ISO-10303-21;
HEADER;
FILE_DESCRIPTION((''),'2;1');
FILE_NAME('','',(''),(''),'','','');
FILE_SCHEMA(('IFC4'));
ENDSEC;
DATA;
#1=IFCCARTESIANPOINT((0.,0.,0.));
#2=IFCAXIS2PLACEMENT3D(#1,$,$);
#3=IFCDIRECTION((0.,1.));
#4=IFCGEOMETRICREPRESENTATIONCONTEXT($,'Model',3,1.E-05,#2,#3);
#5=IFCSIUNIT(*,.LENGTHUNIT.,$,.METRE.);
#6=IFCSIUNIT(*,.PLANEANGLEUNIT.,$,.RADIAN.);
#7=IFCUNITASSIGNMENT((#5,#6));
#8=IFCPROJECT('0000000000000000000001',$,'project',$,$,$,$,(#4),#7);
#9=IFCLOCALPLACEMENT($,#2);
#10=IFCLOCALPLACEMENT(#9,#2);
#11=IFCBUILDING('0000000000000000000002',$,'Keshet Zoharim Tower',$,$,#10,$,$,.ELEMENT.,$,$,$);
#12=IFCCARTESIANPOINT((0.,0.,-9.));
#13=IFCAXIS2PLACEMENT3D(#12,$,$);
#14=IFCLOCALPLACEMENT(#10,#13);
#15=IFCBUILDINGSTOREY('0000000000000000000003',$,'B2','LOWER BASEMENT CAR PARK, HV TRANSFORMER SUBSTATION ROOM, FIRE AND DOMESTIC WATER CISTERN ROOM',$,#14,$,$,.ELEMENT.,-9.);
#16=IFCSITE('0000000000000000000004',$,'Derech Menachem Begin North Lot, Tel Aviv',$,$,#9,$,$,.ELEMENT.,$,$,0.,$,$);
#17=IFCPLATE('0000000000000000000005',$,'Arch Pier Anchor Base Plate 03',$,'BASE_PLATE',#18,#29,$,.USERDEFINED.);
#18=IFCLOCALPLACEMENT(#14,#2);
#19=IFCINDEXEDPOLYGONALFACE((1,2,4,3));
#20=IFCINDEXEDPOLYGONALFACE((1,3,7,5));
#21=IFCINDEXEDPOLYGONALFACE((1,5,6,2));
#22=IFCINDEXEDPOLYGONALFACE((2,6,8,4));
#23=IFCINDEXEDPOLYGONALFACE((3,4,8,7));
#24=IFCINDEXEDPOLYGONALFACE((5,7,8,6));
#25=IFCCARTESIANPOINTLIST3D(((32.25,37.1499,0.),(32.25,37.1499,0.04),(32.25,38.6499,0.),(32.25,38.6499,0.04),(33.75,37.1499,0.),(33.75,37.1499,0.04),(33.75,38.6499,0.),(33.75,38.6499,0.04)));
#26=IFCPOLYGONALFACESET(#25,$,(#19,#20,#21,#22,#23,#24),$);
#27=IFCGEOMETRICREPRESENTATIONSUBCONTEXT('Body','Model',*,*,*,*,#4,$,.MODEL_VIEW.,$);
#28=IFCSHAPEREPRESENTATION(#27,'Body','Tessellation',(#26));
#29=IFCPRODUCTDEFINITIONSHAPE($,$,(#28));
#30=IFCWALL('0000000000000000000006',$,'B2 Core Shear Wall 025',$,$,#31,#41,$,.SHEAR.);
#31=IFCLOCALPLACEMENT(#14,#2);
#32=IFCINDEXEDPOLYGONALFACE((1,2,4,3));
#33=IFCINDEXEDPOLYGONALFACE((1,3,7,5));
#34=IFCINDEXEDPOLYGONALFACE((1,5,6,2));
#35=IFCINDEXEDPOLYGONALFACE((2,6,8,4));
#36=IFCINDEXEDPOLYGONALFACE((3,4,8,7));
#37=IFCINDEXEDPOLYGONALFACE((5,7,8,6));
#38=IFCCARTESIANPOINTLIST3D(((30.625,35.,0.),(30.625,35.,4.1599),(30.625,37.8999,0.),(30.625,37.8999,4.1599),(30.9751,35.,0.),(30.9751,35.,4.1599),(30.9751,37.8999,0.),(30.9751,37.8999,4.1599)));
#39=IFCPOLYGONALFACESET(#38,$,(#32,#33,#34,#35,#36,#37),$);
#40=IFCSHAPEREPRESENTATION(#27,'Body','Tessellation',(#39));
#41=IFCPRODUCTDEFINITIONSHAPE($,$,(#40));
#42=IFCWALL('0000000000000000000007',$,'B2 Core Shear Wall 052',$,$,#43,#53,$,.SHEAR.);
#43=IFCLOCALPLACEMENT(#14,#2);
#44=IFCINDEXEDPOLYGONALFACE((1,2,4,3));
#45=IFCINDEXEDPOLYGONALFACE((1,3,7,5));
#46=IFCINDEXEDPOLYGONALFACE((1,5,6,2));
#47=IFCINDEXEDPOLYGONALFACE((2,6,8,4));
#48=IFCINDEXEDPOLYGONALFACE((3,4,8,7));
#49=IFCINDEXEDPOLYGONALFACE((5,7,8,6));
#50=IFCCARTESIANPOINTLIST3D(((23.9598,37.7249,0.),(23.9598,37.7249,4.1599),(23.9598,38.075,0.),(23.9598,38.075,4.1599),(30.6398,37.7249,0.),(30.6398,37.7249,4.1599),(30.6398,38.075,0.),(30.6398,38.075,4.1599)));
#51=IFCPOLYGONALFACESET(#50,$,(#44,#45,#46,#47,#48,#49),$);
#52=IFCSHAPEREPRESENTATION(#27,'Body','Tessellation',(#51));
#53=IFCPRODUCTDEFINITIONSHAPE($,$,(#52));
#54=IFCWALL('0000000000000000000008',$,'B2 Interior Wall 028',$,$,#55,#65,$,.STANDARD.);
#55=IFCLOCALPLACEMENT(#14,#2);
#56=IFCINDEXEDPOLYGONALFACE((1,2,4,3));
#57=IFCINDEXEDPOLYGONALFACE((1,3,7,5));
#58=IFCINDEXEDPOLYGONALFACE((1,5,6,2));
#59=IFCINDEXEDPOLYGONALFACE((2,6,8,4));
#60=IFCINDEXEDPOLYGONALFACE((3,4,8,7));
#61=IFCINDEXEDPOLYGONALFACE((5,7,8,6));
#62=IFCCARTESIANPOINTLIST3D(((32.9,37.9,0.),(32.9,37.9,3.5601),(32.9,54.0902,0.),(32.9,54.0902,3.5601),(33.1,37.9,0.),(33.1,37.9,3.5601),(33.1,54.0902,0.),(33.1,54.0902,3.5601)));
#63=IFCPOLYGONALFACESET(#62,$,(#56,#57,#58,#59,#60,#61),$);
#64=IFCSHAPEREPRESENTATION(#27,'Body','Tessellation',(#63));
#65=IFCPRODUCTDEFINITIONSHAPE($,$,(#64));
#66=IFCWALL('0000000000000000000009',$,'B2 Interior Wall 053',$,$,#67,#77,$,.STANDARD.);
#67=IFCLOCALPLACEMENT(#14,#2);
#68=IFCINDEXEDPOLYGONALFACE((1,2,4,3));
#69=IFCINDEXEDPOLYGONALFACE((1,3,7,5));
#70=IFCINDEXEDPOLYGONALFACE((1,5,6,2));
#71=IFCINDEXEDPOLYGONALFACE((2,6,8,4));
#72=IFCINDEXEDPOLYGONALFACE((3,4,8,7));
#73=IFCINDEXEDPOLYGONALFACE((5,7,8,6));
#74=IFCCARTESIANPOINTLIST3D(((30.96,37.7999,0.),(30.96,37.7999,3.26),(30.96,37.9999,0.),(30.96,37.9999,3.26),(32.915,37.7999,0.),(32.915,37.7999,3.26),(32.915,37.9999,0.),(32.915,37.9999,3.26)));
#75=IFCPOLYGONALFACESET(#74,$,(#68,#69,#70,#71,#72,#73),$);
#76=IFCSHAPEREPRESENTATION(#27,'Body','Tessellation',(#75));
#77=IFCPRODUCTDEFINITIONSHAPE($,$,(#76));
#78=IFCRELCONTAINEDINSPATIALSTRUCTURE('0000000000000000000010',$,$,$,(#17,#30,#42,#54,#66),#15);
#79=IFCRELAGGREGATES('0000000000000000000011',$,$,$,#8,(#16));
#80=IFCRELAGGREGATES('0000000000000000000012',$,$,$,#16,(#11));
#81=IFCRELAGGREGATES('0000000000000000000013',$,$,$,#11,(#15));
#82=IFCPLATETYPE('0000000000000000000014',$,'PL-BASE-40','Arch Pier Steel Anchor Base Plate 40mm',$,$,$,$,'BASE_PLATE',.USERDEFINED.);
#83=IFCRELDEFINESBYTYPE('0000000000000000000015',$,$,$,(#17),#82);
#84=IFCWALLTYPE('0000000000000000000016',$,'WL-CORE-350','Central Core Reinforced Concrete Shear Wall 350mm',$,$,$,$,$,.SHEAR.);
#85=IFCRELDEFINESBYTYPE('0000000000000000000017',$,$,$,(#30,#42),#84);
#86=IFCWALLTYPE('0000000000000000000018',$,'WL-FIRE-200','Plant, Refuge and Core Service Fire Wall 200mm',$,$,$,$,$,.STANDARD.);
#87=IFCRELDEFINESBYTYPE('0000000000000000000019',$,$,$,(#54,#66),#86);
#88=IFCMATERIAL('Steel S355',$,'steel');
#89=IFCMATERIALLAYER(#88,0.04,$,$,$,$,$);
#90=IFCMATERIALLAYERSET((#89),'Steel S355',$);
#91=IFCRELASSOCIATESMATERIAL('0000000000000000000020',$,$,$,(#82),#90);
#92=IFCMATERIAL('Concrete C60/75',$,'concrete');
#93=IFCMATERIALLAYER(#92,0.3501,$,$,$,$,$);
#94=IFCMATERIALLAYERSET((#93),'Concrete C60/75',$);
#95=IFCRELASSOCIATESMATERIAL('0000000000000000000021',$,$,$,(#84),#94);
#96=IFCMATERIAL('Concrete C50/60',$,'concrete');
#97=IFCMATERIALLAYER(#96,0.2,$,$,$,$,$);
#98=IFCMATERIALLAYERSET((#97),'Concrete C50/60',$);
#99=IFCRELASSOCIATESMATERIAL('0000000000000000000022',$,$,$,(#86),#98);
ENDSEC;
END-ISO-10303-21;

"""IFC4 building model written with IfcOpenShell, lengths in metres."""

from ifc_helpers import new_model, si_unit, direction, frame, frame_2d, origin, origin_2d, place, context, subcontext, project, spatial, rectangle, extrude, material, layer, layer_set, type_object, element, save


model = new_model("IFC4")

# Units and contexts
model_context = context("Model", 3, precision=1e-05, world=origin(), true_north=direction((0.0, 1.0)))
body_context = subcontext(model_context, "Body", "Model", "MODEL_VIEW")
ifc_project = project(units=[si_unit("LENGTHUNIT", "METRE"), si_unit("PLANEANGLEUNIT", "RADIAN")], contexts=[model_context])

# Site, building, storey
site_placement = place(None, origin())
site = spatial("IfcSite", under=ifc_project, at=site_placement, Name="Derech Menachem Begin North Lot, Tel Aviv", CompositionType="ELEMENT", RefElevation=0.0)
building_placement = place(site_placement, origin())
building = spatial("IfcBuilding", under=site, at=building_placement, Name="Keshet Zoharim Tower", CompositionType="ELEMENT")
storey_placement = place(building_placement, frame((0.0, 0.0, -9.0)))
storey = spatial("IfcBuildingStorey", under=building, at=storey_placement, Name="B2", Description="LOWER BASEMENT CAR PARK, HV TRANSFORMER SUBSTATION ROOM, FIRE AND DOMESTIC WATER CISTERN ROOM", CompositionType="ELEMENT", Elevation=-9.0)

# Shared definitions
ifc_material_1 = material(Name="Concrete C50/60", Category="concrete")

# Shared definitions
ifc_material_2 = material(Name="Concrete C60/75", Category="concrete")

# Plate
ifc_material_3 = material(Name="Steel S355", Category="steel")
ifc_layer_1 = layer(ifc_material_3, 0.04)
ifc_layer_set_1 = layer_set([ifc_layer_1], Name="Steel S355")
plate_type = type_object("IfcPlateType", Name="PL-BASE-40", Description="Arch Pier Steel Anchor Base Plate 40mm", ElementType="BASE_PLATE", PredefinedType="USERDEFINED", material=ifc_layer_set_1)
plate_placement = place(storey_placement, frame((33.0, 37.8999, 0.0), z_axis=(0.0, 0.0, 1.0), x_axis=(1.0, 0.0, 0.0)))
element("IfcPlate", 1, at=plate_placement, inside=storey, type_object=plate_type, Name="Arch Pier Anchor Base Plate 03", ObjectType="BASE_PLATE", PredefinedType="USERDEFINED", context=body_context, shape_type="SweptSolid", body=[
    extrude(rectangle(XDim=1.5, YDim=1.5, at=origin_2d()), origin(), (0.0, 0.0, 1.0), 0.04),
])

# Walls
ifc_layer_2 = layer(ifc_material_2, 0.3501)
ifc_layer_set_2 = layer_set([ifc_layer_2], Name="Concrete C60/75")
wall_type_1 = type_object("IfcWallType", Name="WL-CORE-350", Description="Central Core Reinforced Concrete Shear Wall 350mm", PredefinedType="SHEAR", material=ifc_layer_set_2)
wall_1_placement = place(storey_placement, frame((30.8, 35.0, 0.0), z_axis=(0.0, 0.0, 1.0), x_axis=(0.0, 1.0, 0.0)))
element("IfcWall", 2, at=wall_1_placement, inside=storey, type_object=wall_type_1, Name="B2 Core Shear Wall 025", PredefinedType="SHEAR", context=body_context, shape_type="SweptSolid", body=[
    extrude(rectangle(XDim=2.8999, YDim=0.3501, at=frame_2d((1.45, 0.0))), origin(), (0.0, 0.0, 1.0), 4.1599),
])
wall_2_placement = place(storey_placement, frame((23.96, 37.8999, 0.0), z_axis=(0.0, 0.0, 1.0), x_axis=(1.0, 0.0, 0.0)))
element("IfcWall", 3, at=wall_2_placement, inside=storey, type_object=wall_type_1, Name="B2 Core Shear Wall 052", PredefinedType="SHEAR", context=body_context, shape_type="SweptSolid", body=[
    extrude(rectangle(XDim=6.6799, YDim=0.3501, at=frame_2d((3.3398, 0.0))), origin(), (0.0, 0.0, 1.0), 4.1599),
])
ifc_layer_3 = layer(ifc_material_1, 0.2)
ifc_layer_set_3 = layer_set([ifc_layer_3], Name="Concrete C50/60")
wall_type_2 = type_object("IfcWallType", Name="WL-FIRE-200", Description="Plant, Refuge and Core Service Fire Wall 200mm", PredefinedType="STANDARD", material=ifc_layer_set_3)
wall_3_placement = place(storey_placement, frame((33.0, 37.8999, 0.0), z_axis=(0.0, 0.0, 1.0), x_axis=(0.0, 1.0, 0.0)))
element("IfcWall", 4, at=wall_3_placement, inside=storey, type_object=wall_type_2, Name="B2 Interior Wall 028", PredefinedType="STANDARD", context=body_context, shape_type="SweptSolid", body=[
    extrude(rectangle(XDim=16.1902, YDim=0.2, at=frame_2d((8.0952, 0.0))), origin(), (0.0, 0.0, 1.0), 3.5601),
])
wall_4_placement = place(storey_placement, frame((30.96, 37.8999, 0.0), z_axis=(0.0, 0.0, 1.0), x_axis=(1.0, 0.0, 0.0)))
element("IfcWall", 5, at=wall_4_placement, inside=storey, type_object=wall_type_2, Name="B2 Interior Wall 053", PredefinedType="STANDARD", context=body_context, shape_type="SweptSolid", body=[
    extrude(rectangle(XDim=1.9551, YDim=0.2, at=frame_2d((0.9775, 0.0))), origin(), (0.0, 0.0, 1.0), 3.26),
])

save(model, "model.ifc")
